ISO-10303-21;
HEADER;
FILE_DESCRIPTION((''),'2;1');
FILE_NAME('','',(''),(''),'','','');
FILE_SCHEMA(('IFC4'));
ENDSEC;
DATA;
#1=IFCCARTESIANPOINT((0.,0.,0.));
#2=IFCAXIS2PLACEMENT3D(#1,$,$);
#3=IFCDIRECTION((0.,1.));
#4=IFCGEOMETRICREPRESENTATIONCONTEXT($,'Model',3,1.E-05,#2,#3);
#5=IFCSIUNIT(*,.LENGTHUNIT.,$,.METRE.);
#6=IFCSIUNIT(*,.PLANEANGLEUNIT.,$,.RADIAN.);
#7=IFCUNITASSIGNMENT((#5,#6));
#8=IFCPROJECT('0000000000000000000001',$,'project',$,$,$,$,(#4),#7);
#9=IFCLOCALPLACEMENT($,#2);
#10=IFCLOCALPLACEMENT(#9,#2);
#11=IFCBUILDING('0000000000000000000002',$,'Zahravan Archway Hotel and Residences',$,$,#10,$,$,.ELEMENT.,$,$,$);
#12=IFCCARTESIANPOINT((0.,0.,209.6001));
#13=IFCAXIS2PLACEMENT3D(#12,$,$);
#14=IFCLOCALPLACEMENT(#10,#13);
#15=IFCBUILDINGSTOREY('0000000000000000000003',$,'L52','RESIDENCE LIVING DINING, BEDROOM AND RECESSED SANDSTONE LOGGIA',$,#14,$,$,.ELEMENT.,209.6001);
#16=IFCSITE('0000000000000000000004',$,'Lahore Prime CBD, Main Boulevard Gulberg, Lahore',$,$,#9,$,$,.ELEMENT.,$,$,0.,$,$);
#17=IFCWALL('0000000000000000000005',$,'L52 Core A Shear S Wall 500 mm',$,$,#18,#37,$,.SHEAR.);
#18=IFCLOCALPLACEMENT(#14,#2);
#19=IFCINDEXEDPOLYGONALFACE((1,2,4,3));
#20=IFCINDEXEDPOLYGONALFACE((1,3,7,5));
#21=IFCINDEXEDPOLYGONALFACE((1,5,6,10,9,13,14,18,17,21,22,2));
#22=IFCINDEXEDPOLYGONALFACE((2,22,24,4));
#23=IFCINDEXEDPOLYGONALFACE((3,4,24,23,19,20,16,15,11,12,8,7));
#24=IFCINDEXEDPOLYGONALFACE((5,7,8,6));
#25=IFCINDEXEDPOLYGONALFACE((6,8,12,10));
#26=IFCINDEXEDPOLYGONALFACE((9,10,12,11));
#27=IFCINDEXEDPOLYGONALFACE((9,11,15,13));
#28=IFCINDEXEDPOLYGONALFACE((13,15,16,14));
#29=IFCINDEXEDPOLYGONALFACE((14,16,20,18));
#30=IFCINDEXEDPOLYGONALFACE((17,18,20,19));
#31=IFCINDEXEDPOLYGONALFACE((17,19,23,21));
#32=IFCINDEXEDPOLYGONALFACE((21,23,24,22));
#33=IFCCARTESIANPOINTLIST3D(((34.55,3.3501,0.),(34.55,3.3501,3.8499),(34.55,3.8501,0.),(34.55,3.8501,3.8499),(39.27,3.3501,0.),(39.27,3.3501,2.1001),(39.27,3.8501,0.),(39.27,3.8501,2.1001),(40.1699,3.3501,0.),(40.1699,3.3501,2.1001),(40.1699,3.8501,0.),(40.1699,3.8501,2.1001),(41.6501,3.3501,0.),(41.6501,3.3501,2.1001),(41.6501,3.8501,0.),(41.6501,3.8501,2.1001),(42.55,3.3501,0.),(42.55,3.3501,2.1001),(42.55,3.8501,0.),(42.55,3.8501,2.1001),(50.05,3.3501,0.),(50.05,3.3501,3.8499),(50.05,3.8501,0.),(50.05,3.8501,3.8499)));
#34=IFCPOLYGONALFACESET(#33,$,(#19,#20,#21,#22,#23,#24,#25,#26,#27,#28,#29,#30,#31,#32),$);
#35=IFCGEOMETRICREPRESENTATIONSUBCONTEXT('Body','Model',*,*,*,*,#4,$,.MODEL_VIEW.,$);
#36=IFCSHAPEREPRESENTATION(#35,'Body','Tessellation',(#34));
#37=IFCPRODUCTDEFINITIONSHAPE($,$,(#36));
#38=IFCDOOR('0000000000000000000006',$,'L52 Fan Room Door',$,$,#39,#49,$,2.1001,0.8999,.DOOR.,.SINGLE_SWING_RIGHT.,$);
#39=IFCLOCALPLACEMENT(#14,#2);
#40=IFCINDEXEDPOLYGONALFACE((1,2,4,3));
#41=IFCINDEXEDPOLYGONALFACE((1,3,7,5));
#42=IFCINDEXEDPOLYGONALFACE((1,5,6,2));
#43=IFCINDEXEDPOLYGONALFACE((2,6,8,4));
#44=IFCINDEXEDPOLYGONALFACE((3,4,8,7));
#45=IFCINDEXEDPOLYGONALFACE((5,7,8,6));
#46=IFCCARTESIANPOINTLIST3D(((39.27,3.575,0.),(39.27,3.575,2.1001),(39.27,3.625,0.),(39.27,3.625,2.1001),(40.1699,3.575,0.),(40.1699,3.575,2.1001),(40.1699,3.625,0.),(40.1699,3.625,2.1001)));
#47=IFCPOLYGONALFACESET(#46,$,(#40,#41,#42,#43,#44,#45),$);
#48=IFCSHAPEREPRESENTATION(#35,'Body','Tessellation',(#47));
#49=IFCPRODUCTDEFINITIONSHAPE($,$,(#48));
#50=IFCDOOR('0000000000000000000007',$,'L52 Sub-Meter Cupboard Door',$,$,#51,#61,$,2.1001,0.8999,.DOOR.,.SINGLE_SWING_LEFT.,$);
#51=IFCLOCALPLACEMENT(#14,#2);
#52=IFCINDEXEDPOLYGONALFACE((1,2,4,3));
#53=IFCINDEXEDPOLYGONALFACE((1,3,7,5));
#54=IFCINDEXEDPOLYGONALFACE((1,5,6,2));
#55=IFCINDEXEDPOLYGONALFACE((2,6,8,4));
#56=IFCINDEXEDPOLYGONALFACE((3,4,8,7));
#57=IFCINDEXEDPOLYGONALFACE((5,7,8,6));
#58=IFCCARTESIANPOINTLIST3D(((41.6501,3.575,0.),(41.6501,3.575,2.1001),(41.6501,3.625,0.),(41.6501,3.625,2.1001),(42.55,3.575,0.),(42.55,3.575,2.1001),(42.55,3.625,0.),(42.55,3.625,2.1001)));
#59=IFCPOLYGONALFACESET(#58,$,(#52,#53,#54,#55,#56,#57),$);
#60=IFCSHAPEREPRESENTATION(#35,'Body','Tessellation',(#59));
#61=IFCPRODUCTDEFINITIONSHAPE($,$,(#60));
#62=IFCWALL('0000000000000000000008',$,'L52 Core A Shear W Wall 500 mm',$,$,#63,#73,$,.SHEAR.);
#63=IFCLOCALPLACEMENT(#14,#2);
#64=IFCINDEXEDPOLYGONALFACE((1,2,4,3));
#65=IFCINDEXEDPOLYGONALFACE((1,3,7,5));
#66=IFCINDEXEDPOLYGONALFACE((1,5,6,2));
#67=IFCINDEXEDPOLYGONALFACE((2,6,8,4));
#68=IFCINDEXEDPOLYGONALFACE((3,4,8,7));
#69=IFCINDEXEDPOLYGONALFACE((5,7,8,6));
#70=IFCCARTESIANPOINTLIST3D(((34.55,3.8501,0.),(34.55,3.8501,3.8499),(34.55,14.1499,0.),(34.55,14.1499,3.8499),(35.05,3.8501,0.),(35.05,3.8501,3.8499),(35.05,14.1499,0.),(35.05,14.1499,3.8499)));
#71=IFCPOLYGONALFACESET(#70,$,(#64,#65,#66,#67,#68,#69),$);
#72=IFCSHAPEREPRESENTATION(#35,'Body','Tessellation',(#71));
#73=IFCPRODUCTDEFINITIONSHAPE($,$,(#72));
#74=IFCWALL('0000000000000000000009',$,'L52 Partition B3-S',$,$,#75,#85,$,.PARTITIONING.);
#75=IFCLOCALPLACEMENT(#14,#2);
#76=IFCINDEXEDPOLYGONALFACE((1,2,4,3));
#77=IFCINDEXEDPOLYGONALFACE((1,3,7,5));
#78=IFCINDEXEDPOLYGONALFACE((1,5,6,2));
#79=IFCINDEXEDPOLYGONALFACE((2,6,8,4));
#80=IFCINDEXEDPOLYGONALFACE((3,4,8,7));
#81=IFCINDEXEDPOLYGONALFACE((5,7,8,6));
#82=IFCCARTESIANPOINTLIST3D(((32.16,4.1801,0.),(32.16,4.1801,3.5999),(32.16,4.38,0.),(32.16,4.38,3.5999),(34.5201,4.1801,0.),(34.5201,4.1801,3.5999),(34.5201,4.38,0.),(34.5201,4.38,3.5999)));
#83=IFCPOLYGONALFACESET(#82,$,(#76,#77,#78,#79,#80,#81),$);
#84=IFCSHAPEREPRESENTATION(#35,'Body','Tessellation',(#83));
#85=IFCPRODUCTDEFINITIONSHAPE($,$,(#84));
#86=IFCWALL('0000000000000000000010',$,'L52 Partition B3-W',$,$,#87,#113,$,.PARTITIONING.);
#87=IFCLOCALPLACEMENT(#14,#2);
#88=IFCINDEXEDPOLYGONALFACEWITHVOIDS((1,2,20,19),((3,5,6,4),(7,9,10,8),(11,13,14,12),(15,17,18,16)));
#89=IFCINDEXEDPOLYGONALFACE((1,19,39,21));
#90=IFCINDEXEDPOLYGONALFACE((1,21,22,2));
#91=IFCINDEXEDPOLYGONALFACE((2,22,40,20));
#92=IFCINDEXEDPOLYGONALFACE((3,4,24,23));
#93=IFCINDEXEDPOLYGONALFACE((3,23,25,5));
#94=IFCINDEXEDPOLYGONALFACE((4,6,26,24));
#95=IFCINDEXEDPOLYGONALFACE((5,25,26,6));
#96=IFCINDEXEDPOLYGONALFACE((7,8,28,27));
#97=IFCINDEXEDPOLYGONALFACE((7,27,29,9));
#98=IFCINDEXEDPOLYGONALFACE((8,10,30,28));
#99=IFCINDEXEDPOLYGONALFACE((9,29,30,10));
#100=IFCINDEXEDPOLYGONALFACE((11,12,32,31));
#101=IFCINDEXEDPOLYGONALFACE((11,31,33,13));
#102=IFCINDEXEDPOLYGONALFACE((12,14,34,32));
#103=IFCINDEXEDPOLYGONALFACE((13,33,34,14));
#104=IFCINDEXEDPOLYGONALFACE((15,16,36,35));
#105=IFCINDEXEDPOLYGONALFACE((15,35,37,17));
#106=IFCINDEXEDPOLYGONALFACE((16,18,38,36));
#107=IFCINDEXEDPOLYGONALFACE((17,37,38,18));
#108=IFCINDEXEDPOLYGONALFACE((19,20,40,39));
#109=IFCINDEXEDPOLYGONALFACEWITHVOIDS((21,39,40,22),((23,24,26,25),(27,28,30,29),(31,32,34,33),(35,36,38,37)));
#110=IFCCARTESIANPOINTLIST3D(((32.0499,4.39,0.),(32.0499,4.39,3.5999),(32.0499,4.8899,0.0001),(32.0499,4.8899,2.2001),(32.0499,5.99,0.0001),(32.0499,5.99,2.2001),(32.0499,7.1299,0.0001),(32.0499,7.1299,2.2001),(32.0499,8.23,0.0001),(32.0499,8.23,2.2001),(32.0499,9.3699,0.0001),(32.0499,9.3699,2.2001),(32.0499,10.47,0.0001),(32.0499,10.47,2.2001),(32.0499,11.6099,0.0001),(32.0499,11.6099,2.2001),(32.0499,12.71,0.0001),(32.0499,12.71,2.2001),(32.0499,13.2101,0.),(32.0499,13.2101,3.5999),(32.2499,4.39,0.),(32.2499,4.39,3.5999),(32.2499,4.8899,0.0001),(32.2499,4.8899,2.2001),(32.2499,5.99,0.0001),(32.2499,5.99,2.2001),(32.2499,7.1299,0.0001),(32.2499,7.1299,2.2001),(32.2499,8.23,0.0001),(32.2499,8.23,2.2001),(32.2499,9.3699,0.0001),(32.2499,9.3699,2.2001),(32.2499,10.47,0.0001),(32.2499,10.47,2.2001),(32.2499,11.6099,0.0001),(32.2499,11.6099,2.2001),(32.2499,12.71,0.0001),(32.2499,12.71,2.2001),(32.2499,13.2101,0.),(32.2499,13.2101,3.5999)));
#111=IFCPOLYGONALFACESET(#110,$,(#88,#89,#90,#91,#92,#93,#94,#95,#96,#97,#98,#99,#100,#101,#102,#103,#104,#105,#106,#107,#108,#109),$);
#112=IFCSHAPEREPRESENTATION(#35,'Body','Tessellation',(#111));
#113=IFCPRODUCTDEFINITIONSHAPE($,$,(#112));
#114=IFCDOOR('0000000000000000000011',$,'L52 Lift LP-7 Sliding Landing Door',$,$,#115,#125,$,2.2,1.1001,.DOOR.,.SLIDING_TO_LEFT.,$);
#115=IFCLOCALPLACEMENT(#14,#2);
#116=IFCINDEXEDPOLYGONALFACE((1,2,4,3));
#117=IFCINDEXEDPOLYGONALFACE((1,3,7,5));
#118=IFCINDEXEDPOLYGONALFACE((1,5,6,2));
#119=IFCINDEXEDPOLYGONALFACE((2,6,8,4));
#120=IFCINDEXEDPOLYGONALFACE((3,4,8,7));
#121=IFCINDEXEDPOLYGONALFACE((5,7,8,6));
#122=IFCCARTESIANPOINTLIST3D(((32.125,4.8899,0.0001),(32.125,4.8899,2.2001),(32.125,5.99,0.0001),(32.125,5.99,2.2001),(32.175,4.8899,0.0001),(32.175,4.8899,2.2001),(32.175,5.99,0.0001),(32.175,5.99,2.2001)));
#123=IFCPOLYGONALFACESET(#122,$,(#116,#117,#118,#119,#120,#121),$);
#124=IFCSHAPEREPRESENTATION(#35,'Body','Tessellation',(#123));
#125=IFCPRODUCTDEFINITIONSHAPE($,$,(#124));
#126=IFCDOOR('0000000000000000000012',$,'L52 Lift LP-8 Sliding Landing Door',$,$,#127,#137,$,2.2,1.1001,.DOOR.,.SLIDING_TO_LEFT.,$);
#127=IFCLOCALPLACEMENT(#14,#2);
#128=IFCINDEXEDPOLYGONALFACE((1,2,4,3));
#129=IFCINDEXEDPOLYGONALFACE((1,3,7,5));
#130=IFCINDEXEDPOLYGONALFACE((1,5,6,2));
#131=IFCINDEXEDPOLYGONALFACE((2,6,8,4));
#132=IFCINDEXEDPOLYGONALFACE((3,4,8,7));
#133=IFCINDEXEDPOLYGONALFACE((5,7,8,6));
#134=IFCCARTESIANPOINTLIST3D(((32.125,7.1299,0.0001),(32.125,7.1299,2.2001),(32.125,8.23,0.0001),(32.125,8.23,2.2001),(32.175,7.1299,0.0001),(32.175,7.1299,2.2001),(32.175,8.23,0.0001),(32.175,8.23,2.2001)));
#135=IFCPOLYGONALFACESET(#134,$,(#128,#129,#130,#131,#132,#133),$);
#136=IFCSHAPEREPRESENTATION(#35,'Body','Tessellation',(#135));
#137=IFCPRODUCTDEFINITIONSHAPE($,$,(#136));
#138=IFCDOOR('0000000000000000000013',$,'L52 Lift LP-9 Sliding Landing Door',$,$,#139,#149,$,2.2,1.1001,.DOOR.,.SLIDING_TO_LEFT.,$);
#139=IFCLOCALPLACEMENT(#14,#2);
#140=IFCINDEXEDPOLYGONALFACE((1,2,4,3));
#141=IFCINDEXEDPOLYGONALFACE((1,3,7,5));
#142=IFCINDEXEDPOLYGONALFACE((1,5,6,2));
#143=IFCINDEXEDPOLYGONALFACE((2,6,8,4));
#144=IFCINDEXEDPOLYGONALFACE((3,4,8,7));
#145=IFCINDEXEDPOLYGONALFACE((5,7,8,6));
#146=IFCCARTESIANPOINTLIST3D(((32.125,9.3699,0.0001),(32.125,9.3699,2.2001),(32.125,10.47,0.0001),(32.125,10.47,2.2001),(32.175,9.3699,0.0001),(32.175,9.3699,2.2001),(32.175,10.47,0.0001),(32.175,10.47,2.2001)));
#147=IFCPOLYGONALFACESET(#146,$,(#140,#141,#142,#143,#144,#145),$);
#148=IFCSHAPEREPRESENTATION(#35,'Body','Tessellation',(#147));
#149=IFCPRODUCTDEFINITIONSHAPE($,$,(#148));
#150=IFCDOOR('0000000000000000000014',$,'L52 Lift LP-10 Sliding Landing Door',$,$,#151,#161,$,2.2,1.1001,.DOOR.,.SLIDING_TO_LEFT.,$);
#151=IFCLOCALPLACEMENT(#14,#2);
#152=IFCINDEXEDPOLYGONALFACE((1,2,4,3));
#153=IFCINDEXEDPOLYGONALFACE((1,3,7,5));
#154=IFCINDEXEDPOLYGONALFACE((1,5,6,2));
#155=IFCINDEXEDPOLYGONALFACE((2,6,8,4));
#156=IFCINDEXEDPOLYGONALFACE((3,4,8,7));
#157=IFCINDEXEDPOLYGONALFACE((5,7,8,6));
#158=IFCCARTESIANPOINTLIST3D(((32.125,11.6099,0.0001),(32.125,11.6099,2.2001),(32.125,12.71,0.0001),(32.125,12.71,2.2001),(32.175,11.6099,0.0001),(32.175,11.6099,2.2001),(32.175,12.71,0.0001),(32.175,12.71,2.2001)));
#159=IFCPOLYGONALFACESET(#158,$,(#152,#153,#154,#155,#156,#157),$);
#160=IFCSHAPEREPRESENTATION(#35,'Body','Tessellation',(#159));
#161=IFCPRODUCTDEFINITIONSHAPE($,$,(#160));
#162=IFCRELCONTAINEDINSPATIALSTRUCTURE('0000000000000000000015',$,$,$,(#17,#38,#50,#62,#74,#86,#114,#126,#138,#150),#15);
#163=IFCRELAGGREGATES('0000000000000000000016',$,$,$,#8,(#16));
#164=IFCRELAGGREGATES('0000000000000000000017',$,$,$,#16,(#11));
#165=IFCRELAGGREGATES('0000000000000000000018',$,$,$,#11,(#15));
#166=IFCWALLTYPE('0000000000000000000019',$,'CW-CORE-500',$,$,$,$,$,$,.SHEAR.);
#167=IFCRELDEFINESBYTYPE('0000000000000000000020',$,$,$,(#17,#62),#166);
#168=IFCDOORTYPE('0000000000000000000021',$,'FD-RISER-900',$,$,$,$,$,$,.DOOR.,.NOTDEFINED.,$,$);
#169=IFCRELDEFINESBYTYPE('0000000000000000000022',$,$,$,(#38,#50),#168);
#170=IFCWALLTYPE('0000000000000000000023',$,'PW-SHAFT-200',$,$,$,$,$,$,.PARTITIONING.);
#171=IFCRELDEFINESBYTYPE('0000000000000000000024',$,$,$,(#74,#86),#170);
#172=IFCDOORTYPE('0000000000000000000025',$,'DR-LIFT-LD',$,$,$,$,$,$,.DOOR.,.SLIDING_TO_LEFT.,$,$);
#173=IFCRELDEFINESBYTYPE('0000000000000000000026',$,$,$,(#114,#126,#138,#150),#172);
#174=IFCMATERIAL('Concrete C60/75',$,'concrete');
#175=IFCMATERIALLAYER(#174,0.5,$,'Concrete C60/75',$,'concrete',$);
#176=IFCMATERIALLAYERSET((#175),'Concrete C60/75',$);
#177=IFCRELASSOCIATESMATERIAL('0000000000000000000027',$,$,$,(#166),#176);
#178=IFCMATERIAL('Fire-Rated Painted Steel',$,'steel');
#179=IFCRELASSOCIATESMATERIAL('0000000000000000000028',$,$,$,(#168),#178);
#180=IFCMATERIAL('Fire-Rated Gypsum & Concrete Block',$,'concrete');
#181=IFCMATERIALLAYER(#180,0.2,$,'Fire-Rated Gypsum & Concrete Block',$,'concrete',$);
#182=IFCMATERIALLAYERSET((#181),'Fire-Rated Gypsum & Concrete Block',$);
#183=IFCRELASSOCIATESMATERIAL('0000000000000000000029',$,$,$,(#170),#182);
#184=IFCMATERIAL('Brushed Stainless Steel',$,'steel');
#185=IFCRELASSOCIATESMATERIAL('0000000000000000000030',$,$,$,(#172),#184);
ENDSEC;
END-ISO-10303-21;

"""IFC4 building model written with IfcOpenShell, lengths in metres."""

from ifc_helpers import new_model, si_unit, direction, frame, frame_2d, origin, place, context, subcontext, project, spatial, rectangle, extrude, source, transform, mapped, material, layer, layer_set, type_object, type_shapes, element, fill, save


model = new_model("IFC4")

# Units and contexts
model_context = context("Model", 3, precision=1e-05, world=origin(), true_north=direction((0.0, 1.0)))
body_context = subcontext(model_context, "Body", "Model", "MODEL_VIEW")
ifc_project = project(units=[si_unit("LENGTHUNIT", "METRE"), si_unit("PLANEANGLEUNIT", "RADIAN")], contexts=[model_context])

# Site, building, storey
site_placement = place(None, origin())
site = spatial("IfcSite", under=ifc_project, at=site_placement, Name="Lahore Prime CBD, Main Boulevard Gulberg, Lahore", CompositionType="ELEMENT", RefElevation=0.0)
building_placement = place(site_placement, origin())
building = spatial("IfcBuilding", under=site, at=building_placement, Name="Zahravan Archway Hotel and Residences", CompositionType="ELEMENT")
storey_placement = place(building_placement, frame((0.0, 0.0, 209.6001)))
storey = spatial("IfcBuildingStorey", under=building, at=storey_placement, Name="L52", Description="RESIDENCE LIVING DINING, BEDROOM AND RECESSED SANDSTONE LOGGIA", CompositionType="ELEMENT", Elevation=209.6001)

# Shared definitions
ifc_material_1 = material(Name="Concrete C60/75", Category="concrete")

# Wall, openings, doors
ifc_layer_1 = layer(ifc_material_1, 0.5, Name="Concrete C60/75", Category="concrete")
ifc_layer_set_1 = layer_set([ifc_layer_1], Name="Concrete C60/75")
wall_type_1 = type_object("IfcWallType", Name="CW-CORE-500", PredefinedType="SHEAR", material=ifc_layer_set_1)
wall_1_placement = place(storey_placement, frame((34.55, 3.6001, 0.0), z_axis=(0.0, 0.0, 1.0), x_axis=(1.0, 0.0, 0.0)))
wall_1 = element("IfcWall", 1, at=wall_1_placement, inside=storey, type_object=wall_type_1, Name="L52 Core A Shear S Wall 500 mm", PredefinedType="SHEAR", context=body_context, shape_type="SweptSolid", body=[
    extrude(rectangle(XDim=15.5, YDim=0.5, at=frame_2d((7.75, 0.0))), origin(), (0.0, 0.0, 1.0), 3.8499),
])
opening_1_placement = place(wall_1_placement, frame((4.72, 0.0, 0.0)))
opening_1 = element("IfcOpeningElement", 2, at=opening_1_placement, cuts=wall_1, PredefinedType="OPENING", context=body_context, shape_type="SweptSolid", body=[
    extrude(rectangle(XDim=0.8999, YDim=2.1001, at=frame_2d((0.45, 1.05))), frame((0.0, 0.26, 0.0), z_axis=(0.0, -1.0, 0.0), x_axis=(1.0, 0.0, 0.0)), (0.0, 0.0, 1.0), 0.52),
])
opening_2_placement = place(wall_1_placement, frame((7.1001, 0.0, 0.0)))
opening_2 = element("IfcOpeningElement", 3, at=opening_2_placement, cuts=wall_1, PredefinedType="OPENING", context=body_context, shape_type="SweptSolid", body=[
    extrude(rectangle(XDim=0.8999, YDim=2.1001, at=frame_2d((0.45, 1.05))), frame((0.0, 0.26, 0.0), z_axis=(0.0, -1.0, 0.0), x_axis=(1.0, 0.0, 0.0)), (0.0, 0.0, 1.0), 0.52),
])
ifc_material_2 = material(Name="Fire-Rated Painted Steel", Category="steel")
door_type_1 = type_object("IfcDoorType", Name="FD-RISER-900", OperationType="NOTDEFINED", PredefinedType="DOOR", material=ifc_material_2)
shared_shape_1 = source(origin(), body_context, "Body", "SweptSolid", [
    extrude(rectangle(XDim=0.8999, YDim=2.1001, at=frame_2d((0.45, 1.05))), frame((0.0, 0.0249, 0.0), z_axis=(0.0, -1.0, 0.0), x_axis=(1.0, 0.0, 0.0)), (0.0, 0.0, 1.0), 0.05),
])
type_shapes(door_type_1, [shared_shape_1])
door_1_placement = place(opening_1_placement, origin())
door_1 = element("IfcDoor", 4, at=door_1_placement, inside=storey, type_object=door_type_1, Name="L52 Fan Room Door", OperationType="SINGLE_SWING_RIGHT", OverallHeight=2.1001, OverallWidth=0.8999, PredefinedType="DOOR", context=body_context, shape_type="MappedRepresentation", body=[
    mapped(shared_shape_1, transform((0.0, 0.0, 0.0), scale=1.0)),
])
fill(opening_1, door_1)
door_2_placement = place(opening_2_placement, origin())
door_2 = element("IfcDoor", 5, at=door_2_placement, inside=storey, type_object=door_type_1, Name="L52 Sub-Meter Cupboard Door", OperationType="SINGLE_SWING_LEFT", OverallHeight=2.1001, OverallWidth=0.8999, PredefinedType="DOOR", context=body_context, shape_type="MappedRepresentation", body=[
    mapped(shared_shape_1, transform((0.0, 0.0, 0.0), scale=1.0)),
])
fill(opening_2, door_2)

# Walls
wall_2_placement = place(storey_placement, frame((34.8, 3.8501, 0.0), z_axis=(0.0, 0.0, 1.0), x_axis=(0.0, 1.0, 0.0)))
element("IfcWall", 6, at=wall_2_placement, inside=storey, type_object=wall_type_1, Name="L52 Core A Shear W Wall 500 mm", PredefinedType="SHEAR", context=body_context, shape_type="SweptSolid", body=[
    extrude(rectangle(XDim=10.2998, YDim=0.5, at=frame_2d((5.1499, 0.0))), origin(), (0.0, 0.0, 1.0), 3.8499),
])
ifc_material_3 = material(Name="Fire-Rated Gypsum & Concrete Block", Category="concrete")
ifc_layer_2 = layer(ifc_material_3, 0.2, Name="Fire-Rated Gypsum & Concrete Block", Category="concrete")
ifc_layer_set_2 = layer_set([ifc_layer_2], Name="Fire-Rated Gypsum & Concrete Block")
wall_type_2 = type_object("IfcWallType", Name="PW-SHAFT-200", PredefinedType="PARTITIONING", material=ifc_layer_set_2)
wall_3_placement = place(storey_placement, frame((32.1599, 4.28, 0.0), z_axis=(0.0, 0.0, 1.0), x_axis=(1.0, 0.0, 0.0)))
element("IfcWall", 7, at=wall_3_placement, inside=storey, type_object=wall_type_2, Name="L52 Partition B3-S", PredefinedType="PARTITIONING", context=body_context, shape_type="SweptSolid", body=[
    extrude(rectangle(XDim=2.3601, YDim=0.2, at=frame_2d((1.1802, 0.0))), origin(), (0.0, 0.0, 1.0), 3.5999),
])

# Wall, openings, doors
wall_4_placement = place(storey_placement, frame((32.1499, 4.3899, 0.0), z_axis=(0.0, 0.0, 1.0), x_axis=(0.0, 1.0, 0.0)))
wall_4 = element("IfcWall", 8, at=wall_4_placement, inside=storey, type_object=wall_type_2, Name="L52 Partition B3-W", PredefinedType="PARTITIONING", context=body_context, shape_type="SweptSolid", body=[
    extrude(rectangle(XDim=8.8201, YDim=0.2, at=frame_2d((4.4102, 0.0))), origin(), (0.0, 0.0, 1.0), 3.5999),
])
opening_3_placement = place(wall_4_placement, frame((0.5, 0.0, 0.0)))
opening_3 = element("IfcOpeningElement", 9, at=opening_3_placement, cuts=wall_4, PredefinedType="OPENING", context=body_context, shape_type="SweptSolid", body=[
    extrude(rectangle(XDim=1.1001, YDim=2.2, at=frame_2d((0.55, 1.1001))), frame((0.0, 0.1099, 0.0), z_axis=(0.0, -1.0, 0.0), x_axis=(1.0, 0.0, 0.0)), (0.0, 0.0, 1.0), 0.22),
])
opening_4_placement = place(wall_4_placement, frame((2.74, 0.0, 0.0)))
opening_4 = element("IfcOpeningElement", 10, at=opening_4_placement, cuts=wall_4, PredefinedType="OPENING", context=body_context, shape_type="SweptSolid", body=[
    extrude(rectangle(XDim=1.1001, YDim=2.2, at=frame_2d((0.55, 1.1001))), frame((0.0, 0.1099, 0.0), z_axis=(0.0, -1.0, 0.0), x_axis=(1.0, 0.0, 0.0)), (0.0, 0.0, 1.0), 0.22),
])
opening_5_placement = place(wall_4_placement, frame((4.98, 0.0, 0.0)))
opening_5 = element("IfcOpeningElement", 11, at=opening_5_placement, cuts=wall_4, PredefinedType="OPENING", context=body_context, shape_type="SweptSolid", body=[
    extrude(rectangle(XDim=1.1001, YDim=2.2, at=frame_2d((0.55, 1.1001))), frame((0.0, 0.1099, 0.0), z_axis=(0.0, -1.0, 0.0), x_axis=(1.0, 0.0, 0.0)), (0.0, 0.0, 1.0), 0.22),
])
opening_6_placement = place(wall_4_placement, frame((7.22, 0.0, 0.0)))
opening_6 = element("IfcOpeningElement", 12, at=opening_6_placement, cuts=wall_4, PredefinedType="OPENING", context=body_context, shape_type="SweptSolid", body=[
    extrude(rectangle(XDim=1.1001, YDim=2.2, at=frame_2d((0.55, 1.1001))), frame((0.0, 0.1099, 0.0), z_axis=(0.0, -1.0, 0.0), x_axis=(1.0, 0.0, 0.0)), (0.0, 0.0, 1.0), 0.22),
])
ifc_material_4 = material(Name="Brushed Stainless Steel", Category="steel")
door_type_2 = type_object("IfcDoorType", Name="DR-LIFT-LD", OperationType="SLIDING_TO_LEFT", PredefinedType="DOOR", material=ifc_material_4)
shared_shape_2 = source(origin(), body_context, "Body", "SweptSolid", [
    extrude(rectangle(XDim=1.1001, YDim=2.2, at=frame_2d((0.55, 1.1001))), frame((0.0, 0.0249, 0.0), z_axis=(0.0, -1.0, 0.0), x_axis=(1.0, 0.0, 0.0)), (0.0, 0.0, 1.0), 0.05),
])
type_shapes(door_type_2, [shared_shape_2])
door_3_placement = place(opening_3_placement, origin())
door_3 = element("IfcDoor", 13, at=door_3_placement, inside=storey, type_object=door_type_2, Name="L52 Lift LP-7 Sliding Landing Door", OperationType="SLIDING_TO_LEFT", OverallHeight=2.2, OverallWidth=1.1001, PredefinedType="DOOR", context=body_context, shape_type="MappedRepresentation", body=[
    mapped(shared_shape_2, transform((0.0, 0.0, 0.0), scale=1.0)),
])
fill(opening_3, door_3)
door_4_placement = place(opening_4_placement, origin())
door_4 = element("IfcDoor", 14, at=door_4_placement, inside=storey, type_object=door_type_2, Name="L52 Lift LP-8 Sliding Landing Door", OperationType="SLIDING_TO_LEFT", OverallHeight=2.2, OverallWidth=1.1001, PredefinedType="DOOR", context=body_context, shape_type="MappedRepresentation", body=[
    mapped(shared_shape_2, transform((0.0, 0.0, 0.0), scale=1.0)),
])
fill(opening_4, door_4)
door_5_placement = place(opening_5_placement, origin())
door_5 = element("IfcDoor", 15, at=door_5_placement, inside=storey, type_object=door_type_2, Name="L52 Lift LP-9 Sliding Landing Door", OperationType="SLIDING_TO_LEFT", OverallHeight=2.2, OverallWidth=1.1001, PredefinedType="DOOR", context=body_context, shape_type="MappedRepresentation", body=[
    mapped(shared_shape_2, transform((0.0, 0.0, 0.0), scale=1.0)),
])
fill(opening_5, door_5)
door_6_placement = place(opening_6_placement, origin())
door_6 = element("IfcDoor", 16, at=door_6_placement, inside=storey, type_object=door_type_2, Name="L52 Lift LP-10 Sliding Landing Door", OperationType="SLIDING_TO_LEFT", OverallHeight=2.2, OverallWidth=1.1001, PredefinedType="DOOR", context=body_context, shape_type="MappedRepresentation", body=[
    mapped(shared_shape_2, transform((0.0, 0.0, 0.0), scale=1.0)),
])
fill(opening_6, door_6)

save(model, "model.ifc")
